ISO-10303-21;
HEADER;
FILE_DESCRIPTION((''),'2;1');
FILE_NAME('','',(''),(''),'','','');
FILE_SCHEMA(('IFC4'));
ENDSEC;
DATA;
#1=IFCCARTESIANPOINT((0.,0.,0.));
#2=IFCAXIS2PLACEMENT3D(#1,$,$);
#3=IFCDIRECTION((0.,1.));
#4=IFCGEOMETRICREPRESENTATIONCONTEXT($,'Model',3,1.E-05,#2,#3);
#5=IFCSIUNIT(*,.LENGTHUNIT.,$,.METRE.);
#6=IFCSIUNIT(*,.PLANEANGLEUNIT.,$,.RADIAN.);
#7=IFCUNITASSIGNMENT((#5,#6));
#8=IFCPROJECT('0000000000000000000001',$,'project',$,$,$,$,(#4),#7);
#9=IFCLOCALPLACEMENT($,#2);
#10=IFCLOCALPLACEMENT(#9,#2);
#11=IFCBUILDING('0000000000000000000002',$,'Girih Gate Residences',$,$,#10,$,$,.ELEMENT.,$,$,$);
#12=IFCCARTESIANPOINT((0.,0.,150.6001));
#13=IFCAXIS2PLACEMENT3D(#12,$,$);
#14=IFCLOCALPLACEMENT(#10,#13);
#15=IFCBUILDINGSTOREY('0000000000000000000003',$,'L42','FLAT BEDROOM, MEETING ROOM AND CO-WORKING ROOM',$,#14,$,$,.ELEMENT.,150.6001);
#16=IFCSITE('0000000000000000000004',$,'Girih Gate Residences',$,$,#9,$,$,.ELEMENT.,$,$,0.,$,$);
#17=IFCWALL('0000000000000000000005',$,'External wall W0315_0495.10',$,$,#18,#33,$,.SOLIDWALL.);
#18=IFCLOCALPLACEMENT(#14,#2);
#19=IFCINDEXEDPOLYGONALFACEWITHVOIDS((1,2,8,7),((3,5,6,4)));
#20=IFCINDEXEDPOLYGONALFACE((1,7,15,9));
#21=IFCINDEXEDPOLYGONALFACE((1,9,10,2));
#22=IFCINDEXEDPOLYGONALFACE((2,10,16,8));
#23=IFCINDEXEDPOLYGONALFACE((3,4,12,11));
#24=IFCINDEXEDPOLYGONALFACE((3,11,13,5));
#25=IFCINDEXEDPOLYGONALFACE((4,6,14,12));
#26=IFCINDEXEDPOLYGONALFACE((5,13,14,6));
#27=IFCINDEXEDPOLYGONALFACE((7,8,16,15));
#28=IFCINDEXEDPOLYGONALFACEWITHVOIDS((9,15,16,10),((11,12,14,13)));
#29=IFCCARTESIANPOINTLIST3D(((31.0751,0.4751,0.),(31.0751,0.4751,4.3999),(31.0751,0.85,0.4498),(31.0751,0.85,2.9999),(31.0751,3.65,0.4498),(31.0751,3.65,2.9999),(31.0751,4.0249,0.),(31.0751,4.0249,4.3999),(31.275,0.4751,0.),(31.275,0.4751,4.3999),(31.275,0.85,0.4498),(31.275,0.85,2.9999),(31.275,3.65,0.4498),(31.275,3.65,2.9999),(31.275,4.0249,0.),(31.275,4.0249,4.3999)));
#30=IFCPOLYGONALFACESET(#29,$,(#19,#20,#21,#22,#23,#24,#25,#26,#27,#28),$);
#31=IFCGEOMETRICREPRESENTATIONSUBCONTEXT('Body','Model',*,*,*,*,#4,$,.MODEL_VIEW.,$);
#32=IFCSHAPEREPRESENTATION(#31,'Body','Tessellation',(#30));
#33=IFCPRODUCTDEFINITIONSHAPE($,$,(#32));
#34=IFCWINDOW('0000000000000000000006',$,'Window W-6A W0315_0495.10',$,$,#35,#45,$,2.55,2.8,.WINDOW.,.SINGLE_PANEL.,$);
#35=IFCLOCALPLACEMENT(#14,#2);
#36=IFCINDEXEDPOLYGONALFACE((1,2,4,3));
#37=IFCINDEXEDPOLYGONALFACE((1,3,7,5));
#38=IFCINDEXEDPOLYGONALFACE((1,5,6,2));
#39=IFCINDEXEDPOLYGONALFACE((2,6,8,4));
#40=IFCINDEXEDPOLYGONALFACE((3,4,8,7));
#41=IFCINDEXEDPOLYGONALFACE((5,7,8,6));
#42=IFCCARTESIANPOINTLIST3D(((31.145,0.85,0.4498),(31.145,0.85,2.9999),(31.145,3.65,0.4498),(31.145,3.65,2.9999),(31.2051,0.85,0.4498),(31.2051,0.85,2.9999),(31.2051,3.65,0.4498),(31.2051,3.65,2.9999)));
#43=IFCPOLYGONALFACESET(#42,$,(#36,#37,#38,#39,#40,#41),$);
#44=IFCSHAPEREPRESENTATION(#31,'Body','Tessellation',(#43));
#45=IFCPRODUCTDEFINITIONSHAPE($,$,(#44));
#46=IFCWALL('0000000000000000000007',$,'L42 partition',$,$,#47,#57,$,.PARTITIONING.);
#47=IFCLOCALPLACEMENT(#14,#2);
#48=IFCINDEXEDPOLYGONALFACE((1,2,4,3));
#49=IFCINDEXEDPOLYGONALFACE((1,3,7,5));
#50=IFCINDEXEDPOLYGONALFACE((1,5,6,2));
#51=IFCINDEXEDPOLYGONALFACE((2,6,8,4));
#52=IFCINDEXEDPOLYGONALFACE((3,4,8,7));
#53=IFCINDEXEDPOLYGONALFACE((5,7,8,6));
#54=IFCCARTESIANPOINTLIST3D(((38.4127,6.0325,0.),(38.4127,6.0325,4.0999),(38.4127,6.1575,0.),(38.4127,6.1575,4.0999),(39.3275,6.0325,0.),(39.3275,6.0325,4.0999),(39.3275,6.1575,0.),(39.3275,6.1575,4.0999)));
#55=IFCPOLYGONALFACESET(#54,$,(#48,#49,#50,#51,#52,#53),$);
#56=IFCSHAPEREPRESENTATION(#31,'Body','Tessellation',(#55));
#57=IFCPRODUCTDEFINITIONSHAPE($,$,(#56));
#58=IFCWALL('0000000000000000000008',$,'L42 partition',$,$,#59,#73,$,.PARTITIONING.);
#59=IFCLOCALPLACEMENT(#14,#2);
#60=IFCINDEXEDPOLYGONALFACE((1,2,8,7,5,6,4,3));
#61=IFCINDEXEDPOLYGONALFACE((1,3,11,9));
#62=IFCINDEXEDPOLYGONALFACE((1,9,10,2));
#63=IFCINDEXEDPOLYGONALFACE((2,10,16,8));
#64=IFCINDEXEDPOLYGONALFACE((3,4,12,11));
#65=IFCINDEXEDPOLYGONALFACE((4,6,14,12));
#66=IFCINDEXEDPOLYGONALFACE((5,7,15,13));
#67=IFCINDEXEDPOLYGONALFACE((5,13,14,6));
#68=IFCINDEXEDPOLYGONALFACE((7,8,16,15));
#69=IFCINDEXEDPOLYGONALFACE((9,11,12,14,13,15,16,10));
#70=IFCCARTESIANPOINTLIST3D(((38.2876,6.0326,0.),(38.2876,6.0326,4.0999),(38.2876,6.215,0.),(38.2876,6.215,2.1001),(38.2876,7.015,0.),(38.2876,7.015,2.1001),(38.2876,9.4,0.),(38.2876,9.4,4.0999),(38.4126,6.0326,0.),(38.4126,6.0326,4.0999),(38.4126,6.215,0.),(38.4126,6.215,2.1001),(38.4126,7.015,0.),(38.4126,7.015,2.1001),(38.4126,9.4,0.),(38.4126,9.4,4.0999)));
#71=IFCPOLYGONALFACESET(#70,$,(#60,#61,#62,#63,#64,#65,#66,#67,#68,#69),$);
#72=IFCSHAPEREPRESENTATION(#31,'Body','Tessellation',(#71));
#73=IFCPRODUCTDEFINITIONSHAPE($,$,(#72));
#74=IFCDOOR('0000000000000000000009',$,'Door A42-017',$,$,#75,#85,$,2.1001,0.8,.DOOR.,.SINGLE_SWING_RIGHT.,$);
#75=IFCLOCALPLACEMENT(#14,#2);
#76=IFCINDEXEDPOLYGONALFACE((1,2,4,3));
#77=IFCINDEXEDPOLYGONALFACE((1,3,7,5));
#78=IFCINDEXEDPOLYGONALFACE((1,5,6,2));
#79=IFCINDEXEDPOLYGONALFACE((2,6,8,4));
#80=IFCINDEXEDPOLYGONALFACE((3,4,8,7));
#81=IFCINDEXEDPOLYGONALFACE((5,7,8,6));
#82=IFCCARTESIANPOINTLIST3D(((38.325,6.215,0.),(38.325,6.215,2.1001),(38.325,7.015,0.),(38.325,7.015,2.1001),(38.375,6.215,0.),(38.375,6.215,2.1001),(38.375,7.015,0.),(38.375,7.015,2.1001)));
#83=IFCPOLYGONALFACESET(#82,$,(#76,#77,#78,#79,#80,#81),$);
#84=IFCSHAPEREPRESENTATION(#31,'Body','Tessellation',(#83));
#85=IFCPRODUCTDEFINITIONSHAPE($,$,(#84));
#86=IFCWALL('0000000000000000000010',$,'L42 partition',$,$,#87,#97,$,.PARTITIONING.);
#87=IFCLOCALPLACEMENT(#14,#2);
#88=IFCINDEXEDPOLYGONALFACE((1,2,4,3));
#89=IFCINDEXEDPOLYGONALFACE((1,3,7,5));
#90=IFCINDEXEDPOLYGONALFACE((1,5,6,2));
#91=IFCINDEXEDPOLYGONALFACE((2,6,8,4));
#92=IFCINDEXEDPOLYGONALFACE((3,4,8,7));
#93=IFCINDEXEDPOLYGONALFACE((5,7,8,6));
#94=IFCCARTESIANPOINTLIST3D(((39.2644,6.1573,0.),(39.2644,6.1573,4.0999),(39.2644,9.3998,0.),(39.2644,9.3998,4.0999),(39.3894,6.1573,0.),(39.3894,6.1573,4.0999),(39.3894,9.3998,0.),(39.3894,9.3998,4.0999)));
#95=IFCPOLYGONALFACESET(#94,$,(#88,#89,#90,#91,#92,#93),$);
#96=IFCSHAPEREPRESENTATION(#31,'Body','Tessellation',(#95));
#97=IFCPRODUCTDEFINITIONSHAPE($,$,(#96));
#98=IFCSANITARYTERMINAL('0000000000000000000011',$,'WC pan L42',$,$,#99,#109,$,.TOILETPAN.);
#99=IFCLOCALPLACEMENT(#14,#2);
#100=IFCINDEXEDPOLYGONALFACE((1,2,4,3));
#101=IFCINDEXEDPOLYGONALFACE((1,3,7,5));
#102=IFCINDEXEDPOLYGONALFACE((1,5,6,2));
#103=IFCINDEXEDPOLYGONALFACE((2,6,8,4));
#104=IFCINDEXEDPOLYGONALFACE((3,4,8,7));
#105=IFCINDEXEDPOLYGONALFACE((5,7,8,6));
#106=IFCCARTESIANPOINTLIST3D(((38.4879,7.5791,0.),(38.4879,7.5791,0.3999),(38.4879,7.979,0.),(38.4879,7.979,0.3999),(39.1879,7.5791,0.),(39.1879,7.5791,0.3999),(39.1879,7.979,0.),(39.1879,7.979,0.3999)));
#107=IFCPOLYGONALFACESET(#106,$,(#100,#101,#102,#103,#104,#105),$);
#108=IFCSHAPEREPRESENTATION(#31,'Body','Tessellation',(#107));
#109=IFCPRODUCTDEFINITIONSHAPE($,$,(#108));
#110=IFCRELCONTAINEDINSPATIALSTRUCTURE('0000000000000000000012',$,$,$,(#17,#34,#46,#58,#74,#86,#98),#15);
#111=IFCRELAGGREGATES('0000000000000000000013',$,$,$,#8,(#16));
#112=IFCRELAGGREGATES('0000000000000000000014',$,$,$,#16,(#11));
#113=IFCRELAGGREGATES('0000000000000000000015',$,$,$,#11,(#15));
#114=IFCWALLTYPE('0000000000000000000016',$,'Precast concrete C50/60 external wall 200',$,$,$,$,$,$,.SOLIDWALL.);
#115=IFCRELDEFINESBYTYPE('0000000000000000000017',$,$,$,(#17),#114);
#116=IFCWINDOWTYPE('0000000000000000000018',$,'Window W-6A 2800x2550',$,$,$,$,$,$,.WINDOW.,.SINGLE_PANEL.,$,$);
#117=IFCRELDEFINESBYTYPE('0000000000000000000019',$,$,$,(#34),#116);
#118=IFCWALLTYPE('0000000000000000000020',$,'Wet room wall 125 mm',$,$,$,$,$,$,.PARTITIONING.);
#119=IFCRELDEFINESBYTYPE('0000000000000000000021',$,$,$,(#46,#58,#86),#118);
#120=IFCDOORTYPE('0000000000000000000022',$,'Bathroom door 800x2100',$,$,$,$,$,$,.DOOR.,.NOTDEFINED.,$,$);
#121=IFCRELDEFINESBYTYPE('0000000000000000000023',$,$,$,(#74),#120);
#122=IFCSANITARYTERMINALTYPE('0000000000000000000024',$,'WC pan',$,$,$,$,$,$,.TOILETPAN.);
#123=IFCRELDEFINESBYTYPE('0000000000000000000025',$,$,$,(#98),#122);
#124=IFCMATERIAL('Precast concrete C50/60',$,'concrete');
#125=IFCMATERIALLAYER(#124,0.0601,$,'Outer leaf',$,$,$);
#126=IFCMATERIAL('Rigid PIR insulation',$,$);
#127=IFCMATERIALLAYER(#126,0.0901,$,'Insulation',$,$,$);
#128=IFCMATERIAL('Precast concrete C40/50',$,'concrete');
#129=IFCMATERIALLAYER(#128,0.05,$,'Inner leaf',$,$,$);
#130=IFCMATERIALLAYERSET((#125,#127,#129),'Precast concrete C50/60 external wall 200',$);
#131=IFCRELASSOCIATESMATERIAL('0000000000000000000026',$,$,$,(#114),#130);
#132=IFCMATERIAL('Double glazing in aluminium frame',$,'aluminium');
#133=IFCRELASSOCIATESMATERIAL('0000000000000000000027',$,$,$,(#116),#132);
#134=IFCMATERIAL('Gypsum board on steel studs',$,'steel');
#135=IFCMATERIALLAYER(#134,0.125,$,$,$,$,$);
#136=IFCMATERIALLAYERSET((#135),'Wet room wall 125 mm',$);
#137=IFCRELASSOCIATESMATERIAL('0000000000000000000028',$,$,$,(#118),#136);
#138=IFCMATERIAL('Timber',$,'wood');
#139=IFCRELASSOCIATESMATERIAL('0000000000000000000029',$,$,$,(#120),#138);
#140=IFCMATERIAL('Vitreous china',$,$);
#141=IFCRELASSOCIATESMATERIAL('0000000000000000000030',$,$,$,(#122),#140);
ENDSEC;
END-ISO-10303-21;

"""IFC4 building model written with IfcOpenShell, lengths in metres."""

from ifc_helpers import new_model, si_unit, direction, frame, frame_2d, origin, origin_2d, place, context, subcontext, project, spatial, rectangle, extrude, material, layer, layer_set, type_object, element, fill, save


model = new_model("IFC4")

# Units and contexts
model_context = context("Model", 3, precision=1e-05, world=origin(), true_north=direction((0.0, 1.0)))
body_context = subcontext(model_context, "Body", "Model", "MODEL_VIEW")
ifc_project = project(units=[si_unit("LENGTHUNIT", "METRE"), si_unit("PLANEANGLEUNIT", "RADIAN")], contexts=[model_context])

# Site, building, storey
site_placement = place(None, origin())
site = spatial("IfcSite", under=ifc_project, at=site_placement, Name="Girih Gate Residences", CompositionType="ELEMENT", RefElevation=0.0)
building_placement = place(site_placement, origin())
building = spatial("IfcBuilding", under=site, at=building_placement, Name="Girih Gate Residences", CompositionType="ELEMENT")
storey_placement = place(building_placement, frame((0.0, 0.0, 150.6001)))
storey = spatial("IfcBuildingStorey", under=building, at=storey_placement, Name="L42", Description="FLAT BEDROOM, MEETING ROOM AND CO-WORKING ROOM", CompositionType="ELEMENT", Elevation=150.6001)

# Shared definitions
ifc_material_1 = material(Name="Gypsum board on steel studs", Category="steel")
ifc_material_2 = material(Name="Timber", Category="wood")

# Wall, opening, window
ifc_material_3 = material(Name="Precast concrete C50/60", Category="concrete")
ifc_layer_1 = layer(ifc_material_3, 0.0601, Name="Outer leaf")
ifc_material_4 = material(Name="Rigid PIR insulation")
ifc_layer_2 = layer(ifc_material_4, 0.0901, Name="Insulation")
ifc_material_5 = material(Name="Precast concrete C40/50", Category="concrete")
ifc_layer_3 = layer(ifc_material_5, 0.05, Name="Inner leaf")
ifc_layer_set_1 = layer_set([ifc_layer_1, ifc_layer_2, ifc_layer_3], Name="Precast concrete C50/60 external wall 200")
wall_type_1 = type_object("IfcWallType", Name="Precast concrete C50/60 external wall 200", PredefinedType="SOLIDWALL", material=ifc_layer_set_1)
ifc_material_6 = material(Name="Double glazing in aluminium frame", Category="aluminium")
window_type = type_object("IfcWindowType", Name="Window W-6A 2800x2550", PartitioningType="SINGLE_PANEL", PredefinedType="WINDOW", material=ifc_material_6)
wall_1_placement = place(storey_placement, frame((31.175, 0.4751, 0.0), z_axis=(0.0, 0.0, 1.0), x_axis=(0.0, 1.0, 0.0)))
wall_1 = element("IfcWall", 1, at=wall_1_placement, inside=storey, type_object=wall_type_1, Name="External wall W0315_0495.10", PredefinedType="SOLIDWALL", context=body_context, shape_type="SweptSolid", body=[
    extrude(rectangle(XDim=3.5498, YDim=0.2, at=frame_2d((1.7749, 0.0))), origin(), (0.0, 0.0, 1.0), 4.3999),
])
opening_1_placement = place(wall_1_placement, frame((0.375, 0.0, 0.45)))
opening_1 = element("IfcOpeningElement", 2, at=opening_1_placement, cuts=wall_1, PredefinedType="OPENING", context=body_context, shape_type="SweptSolid", body=[
    extrude(rectangle(XDim=2.8, YDim=2.55, at=frame_2d((1.3999, 1.2749))), frame((0.0, 0.1099, 0.0), z_axis=(0.0, -1.0, 0.0), x_axis=(1.0, 0.0, 0.0)), (0.0, 0.0, 1.0), 0.22),
])
window_1_placement = place(opening_1_placement, origin())
window_1 = element("IfcWindow", 3, at=window_1_placement, inside=storey, type_object=window_type, Name="Window W-6A W0315_0495.10", OverallHeight=2.55, OverallWidth=2.8, PartitioningType="SINGLE_PANEL", PredefinedType="WINDOW", context=body_context, shape_type="SweptSolid", body=[
    extrude(rectangle(XDim=2.8, YDim=2.55, at=frame_2d((1.3999, 1.2749))), frame((0.0, 0.03, 0.0), z_axis=(0.0, -1.0, 0.0), x_axis=(1.0, 0.0, 0.0)), (0.0, 0.0, 1.0), 0.0601),
])
fill(opening_1, window_1)

# Wall
ifc_layer_4 = layer(ifc_material_1, 0.125)
ifc_layer_set_2 = layer_set([ifc_layer_4], Name="Wet room wall 125 mm")
wall_type_2 = type_object("IfcWallType", Name="Wet room wall 125 mm", PredefinedType="PARTITIONING", material=ifc_layer_set_2)
wall_2_placement = place(storey_placement, frame((38.4126, 6.095, 0.0), z_axis=(0.0, 0.0, 1.0), x_axis=(1.0, 0.0, 0.0)))
element("IfcWall", 4, at=wall_2_placement, inside=storey, type_object=wall_type_2, Name="L42 partition", PredefinedType="PARTITIONING", context=body_context, shape_type="SweptSolid", body=[
    extrude(rectangle(XDim=0.9148, YDim=0.125, at=frame_2d((0.4575, 0.0))), origin(), (0.0, 0.0, 1.0), 4.0999),
])

# Wall, opening, door
wall_3_placement = place(storey_placement, frame((38.3501, 9.3999, 0.0), z_axis=(0.0, 0.0, 1.0), x_axis=(0.0, -1.0, 0.0)))
wall_3 = element("IfcWall", 5, at=wall_3_placement, inside=storey, type_object=wall_type_2, Name="L42 partition", PredefinedType="PARTITIONING", context=body_context, shape_type="SweptSolid", body=[
    extrude(rectangle(XDim=3.3674, YDim=0.125, at=frame_2d((1.6836, 0.0))), origin(), (0.0, 0.0, 1.0), 4.0999),
])
opening_2_placement = place(wall_3_placement, frame((2.385, 0.0, 0.0)))
opening_2 = element("IfcOpeningElement", 6, at=opening_2_placement, cuts=wall_3, PredefinedType="OPENING", context=body_context, shape_type="SweptSolid", body=[
    extrude(rectangle(XDim=0.8, YDim=2.1001, at=frame_2d((0.3999, 1.05))), frame((0.0, 0.0725, 0.0), z_axis=(0.0, -1.0, 0.0), x_axis=(1.0, 0.0, 0.0)), (0.0, 0.0, 1.0), 0.145),
])
door_type_1 = type_object("IfcDoorType", Name="Bathroom door 800x2100", OperationType="NOTDEFINED", PredefinedType="DOOR", material=ifc_material_2)
door_1_placement = place(opening_2_placement, origin())
door_1 = element("IfcDoor", 7, at=door_1_placement, inside=storey, type_object=door_type_1, Name="Door A42-017", OperationType="SINGLE_SWING_RIGHT", OverallHeight=2.1001, OverallWidth=0.8, PredefinedType="DOOR", context=body_context, shape_type="SweptSolid", body=[
    extrude(rectangle(XDim=0.8, YDim=2.1001, at=frame_2d((0.3999, 1.05))), frame((0.0, 0.0249, 0.0), z_axis=(0.0, -1.0, 0.0), x_axis=(1.0, 0.0, 0.0)), (0.0, 0.0, 1.0), 0.05),
])
fill(opening_2, door_1)

# Wall
wall_4_placement = place(storey_placement, frame((39.3269, 6.1575, 0.0), z_axis=(0.0, 0.0, 1.0), x_axis=(0.0, 1.0, 0.0)))
element("IfcWall", 8, at=wall_4_placement, inside=storey, type_object=wall_type_2, Name="L42 partition", PredefinedType="PARTITIONING", context=body_context, shape_type="SweptSolid", body=[
    extrude(rectangle(XDim=3.2424, YDim=0.125, at=frame_2d((1.6211, 0.0))), origin(), (0.0, 0.0, 1.0), 4.0999),
])

# Sanitary terminal
ifc_material_7 = material(Name="Vitreous china")
sanitary_terminal_type = type_object("IfcSanitaryTerminalType", Name="WC pan", PredefinedType="TOILETPAN", material=ifc_material_7)
sanitary_terminal_placement = place(storey_placement, frame((38.8379, 7.7791, 0.0), z_axis=(0.0, 0.0, 1.0), x_axis=(1.0, 0.0, 0.0)))
element("IfcSanitaryTerminal", 9, at=sanitary_terminal_placement, inside=storey, type_object=sanitary_terminal_type, Name="WC pan L42", PredefinedType="TOILETPAN", context=body_context, shape_type="SweptSolid", body=[
    extrude(rectangle(XDim=0.7, YDim=0.3999, at=origin_2d()), origin(), (0.0, 0.0, 1.0), 0.3999),
])

save(model, "model.ifc")
